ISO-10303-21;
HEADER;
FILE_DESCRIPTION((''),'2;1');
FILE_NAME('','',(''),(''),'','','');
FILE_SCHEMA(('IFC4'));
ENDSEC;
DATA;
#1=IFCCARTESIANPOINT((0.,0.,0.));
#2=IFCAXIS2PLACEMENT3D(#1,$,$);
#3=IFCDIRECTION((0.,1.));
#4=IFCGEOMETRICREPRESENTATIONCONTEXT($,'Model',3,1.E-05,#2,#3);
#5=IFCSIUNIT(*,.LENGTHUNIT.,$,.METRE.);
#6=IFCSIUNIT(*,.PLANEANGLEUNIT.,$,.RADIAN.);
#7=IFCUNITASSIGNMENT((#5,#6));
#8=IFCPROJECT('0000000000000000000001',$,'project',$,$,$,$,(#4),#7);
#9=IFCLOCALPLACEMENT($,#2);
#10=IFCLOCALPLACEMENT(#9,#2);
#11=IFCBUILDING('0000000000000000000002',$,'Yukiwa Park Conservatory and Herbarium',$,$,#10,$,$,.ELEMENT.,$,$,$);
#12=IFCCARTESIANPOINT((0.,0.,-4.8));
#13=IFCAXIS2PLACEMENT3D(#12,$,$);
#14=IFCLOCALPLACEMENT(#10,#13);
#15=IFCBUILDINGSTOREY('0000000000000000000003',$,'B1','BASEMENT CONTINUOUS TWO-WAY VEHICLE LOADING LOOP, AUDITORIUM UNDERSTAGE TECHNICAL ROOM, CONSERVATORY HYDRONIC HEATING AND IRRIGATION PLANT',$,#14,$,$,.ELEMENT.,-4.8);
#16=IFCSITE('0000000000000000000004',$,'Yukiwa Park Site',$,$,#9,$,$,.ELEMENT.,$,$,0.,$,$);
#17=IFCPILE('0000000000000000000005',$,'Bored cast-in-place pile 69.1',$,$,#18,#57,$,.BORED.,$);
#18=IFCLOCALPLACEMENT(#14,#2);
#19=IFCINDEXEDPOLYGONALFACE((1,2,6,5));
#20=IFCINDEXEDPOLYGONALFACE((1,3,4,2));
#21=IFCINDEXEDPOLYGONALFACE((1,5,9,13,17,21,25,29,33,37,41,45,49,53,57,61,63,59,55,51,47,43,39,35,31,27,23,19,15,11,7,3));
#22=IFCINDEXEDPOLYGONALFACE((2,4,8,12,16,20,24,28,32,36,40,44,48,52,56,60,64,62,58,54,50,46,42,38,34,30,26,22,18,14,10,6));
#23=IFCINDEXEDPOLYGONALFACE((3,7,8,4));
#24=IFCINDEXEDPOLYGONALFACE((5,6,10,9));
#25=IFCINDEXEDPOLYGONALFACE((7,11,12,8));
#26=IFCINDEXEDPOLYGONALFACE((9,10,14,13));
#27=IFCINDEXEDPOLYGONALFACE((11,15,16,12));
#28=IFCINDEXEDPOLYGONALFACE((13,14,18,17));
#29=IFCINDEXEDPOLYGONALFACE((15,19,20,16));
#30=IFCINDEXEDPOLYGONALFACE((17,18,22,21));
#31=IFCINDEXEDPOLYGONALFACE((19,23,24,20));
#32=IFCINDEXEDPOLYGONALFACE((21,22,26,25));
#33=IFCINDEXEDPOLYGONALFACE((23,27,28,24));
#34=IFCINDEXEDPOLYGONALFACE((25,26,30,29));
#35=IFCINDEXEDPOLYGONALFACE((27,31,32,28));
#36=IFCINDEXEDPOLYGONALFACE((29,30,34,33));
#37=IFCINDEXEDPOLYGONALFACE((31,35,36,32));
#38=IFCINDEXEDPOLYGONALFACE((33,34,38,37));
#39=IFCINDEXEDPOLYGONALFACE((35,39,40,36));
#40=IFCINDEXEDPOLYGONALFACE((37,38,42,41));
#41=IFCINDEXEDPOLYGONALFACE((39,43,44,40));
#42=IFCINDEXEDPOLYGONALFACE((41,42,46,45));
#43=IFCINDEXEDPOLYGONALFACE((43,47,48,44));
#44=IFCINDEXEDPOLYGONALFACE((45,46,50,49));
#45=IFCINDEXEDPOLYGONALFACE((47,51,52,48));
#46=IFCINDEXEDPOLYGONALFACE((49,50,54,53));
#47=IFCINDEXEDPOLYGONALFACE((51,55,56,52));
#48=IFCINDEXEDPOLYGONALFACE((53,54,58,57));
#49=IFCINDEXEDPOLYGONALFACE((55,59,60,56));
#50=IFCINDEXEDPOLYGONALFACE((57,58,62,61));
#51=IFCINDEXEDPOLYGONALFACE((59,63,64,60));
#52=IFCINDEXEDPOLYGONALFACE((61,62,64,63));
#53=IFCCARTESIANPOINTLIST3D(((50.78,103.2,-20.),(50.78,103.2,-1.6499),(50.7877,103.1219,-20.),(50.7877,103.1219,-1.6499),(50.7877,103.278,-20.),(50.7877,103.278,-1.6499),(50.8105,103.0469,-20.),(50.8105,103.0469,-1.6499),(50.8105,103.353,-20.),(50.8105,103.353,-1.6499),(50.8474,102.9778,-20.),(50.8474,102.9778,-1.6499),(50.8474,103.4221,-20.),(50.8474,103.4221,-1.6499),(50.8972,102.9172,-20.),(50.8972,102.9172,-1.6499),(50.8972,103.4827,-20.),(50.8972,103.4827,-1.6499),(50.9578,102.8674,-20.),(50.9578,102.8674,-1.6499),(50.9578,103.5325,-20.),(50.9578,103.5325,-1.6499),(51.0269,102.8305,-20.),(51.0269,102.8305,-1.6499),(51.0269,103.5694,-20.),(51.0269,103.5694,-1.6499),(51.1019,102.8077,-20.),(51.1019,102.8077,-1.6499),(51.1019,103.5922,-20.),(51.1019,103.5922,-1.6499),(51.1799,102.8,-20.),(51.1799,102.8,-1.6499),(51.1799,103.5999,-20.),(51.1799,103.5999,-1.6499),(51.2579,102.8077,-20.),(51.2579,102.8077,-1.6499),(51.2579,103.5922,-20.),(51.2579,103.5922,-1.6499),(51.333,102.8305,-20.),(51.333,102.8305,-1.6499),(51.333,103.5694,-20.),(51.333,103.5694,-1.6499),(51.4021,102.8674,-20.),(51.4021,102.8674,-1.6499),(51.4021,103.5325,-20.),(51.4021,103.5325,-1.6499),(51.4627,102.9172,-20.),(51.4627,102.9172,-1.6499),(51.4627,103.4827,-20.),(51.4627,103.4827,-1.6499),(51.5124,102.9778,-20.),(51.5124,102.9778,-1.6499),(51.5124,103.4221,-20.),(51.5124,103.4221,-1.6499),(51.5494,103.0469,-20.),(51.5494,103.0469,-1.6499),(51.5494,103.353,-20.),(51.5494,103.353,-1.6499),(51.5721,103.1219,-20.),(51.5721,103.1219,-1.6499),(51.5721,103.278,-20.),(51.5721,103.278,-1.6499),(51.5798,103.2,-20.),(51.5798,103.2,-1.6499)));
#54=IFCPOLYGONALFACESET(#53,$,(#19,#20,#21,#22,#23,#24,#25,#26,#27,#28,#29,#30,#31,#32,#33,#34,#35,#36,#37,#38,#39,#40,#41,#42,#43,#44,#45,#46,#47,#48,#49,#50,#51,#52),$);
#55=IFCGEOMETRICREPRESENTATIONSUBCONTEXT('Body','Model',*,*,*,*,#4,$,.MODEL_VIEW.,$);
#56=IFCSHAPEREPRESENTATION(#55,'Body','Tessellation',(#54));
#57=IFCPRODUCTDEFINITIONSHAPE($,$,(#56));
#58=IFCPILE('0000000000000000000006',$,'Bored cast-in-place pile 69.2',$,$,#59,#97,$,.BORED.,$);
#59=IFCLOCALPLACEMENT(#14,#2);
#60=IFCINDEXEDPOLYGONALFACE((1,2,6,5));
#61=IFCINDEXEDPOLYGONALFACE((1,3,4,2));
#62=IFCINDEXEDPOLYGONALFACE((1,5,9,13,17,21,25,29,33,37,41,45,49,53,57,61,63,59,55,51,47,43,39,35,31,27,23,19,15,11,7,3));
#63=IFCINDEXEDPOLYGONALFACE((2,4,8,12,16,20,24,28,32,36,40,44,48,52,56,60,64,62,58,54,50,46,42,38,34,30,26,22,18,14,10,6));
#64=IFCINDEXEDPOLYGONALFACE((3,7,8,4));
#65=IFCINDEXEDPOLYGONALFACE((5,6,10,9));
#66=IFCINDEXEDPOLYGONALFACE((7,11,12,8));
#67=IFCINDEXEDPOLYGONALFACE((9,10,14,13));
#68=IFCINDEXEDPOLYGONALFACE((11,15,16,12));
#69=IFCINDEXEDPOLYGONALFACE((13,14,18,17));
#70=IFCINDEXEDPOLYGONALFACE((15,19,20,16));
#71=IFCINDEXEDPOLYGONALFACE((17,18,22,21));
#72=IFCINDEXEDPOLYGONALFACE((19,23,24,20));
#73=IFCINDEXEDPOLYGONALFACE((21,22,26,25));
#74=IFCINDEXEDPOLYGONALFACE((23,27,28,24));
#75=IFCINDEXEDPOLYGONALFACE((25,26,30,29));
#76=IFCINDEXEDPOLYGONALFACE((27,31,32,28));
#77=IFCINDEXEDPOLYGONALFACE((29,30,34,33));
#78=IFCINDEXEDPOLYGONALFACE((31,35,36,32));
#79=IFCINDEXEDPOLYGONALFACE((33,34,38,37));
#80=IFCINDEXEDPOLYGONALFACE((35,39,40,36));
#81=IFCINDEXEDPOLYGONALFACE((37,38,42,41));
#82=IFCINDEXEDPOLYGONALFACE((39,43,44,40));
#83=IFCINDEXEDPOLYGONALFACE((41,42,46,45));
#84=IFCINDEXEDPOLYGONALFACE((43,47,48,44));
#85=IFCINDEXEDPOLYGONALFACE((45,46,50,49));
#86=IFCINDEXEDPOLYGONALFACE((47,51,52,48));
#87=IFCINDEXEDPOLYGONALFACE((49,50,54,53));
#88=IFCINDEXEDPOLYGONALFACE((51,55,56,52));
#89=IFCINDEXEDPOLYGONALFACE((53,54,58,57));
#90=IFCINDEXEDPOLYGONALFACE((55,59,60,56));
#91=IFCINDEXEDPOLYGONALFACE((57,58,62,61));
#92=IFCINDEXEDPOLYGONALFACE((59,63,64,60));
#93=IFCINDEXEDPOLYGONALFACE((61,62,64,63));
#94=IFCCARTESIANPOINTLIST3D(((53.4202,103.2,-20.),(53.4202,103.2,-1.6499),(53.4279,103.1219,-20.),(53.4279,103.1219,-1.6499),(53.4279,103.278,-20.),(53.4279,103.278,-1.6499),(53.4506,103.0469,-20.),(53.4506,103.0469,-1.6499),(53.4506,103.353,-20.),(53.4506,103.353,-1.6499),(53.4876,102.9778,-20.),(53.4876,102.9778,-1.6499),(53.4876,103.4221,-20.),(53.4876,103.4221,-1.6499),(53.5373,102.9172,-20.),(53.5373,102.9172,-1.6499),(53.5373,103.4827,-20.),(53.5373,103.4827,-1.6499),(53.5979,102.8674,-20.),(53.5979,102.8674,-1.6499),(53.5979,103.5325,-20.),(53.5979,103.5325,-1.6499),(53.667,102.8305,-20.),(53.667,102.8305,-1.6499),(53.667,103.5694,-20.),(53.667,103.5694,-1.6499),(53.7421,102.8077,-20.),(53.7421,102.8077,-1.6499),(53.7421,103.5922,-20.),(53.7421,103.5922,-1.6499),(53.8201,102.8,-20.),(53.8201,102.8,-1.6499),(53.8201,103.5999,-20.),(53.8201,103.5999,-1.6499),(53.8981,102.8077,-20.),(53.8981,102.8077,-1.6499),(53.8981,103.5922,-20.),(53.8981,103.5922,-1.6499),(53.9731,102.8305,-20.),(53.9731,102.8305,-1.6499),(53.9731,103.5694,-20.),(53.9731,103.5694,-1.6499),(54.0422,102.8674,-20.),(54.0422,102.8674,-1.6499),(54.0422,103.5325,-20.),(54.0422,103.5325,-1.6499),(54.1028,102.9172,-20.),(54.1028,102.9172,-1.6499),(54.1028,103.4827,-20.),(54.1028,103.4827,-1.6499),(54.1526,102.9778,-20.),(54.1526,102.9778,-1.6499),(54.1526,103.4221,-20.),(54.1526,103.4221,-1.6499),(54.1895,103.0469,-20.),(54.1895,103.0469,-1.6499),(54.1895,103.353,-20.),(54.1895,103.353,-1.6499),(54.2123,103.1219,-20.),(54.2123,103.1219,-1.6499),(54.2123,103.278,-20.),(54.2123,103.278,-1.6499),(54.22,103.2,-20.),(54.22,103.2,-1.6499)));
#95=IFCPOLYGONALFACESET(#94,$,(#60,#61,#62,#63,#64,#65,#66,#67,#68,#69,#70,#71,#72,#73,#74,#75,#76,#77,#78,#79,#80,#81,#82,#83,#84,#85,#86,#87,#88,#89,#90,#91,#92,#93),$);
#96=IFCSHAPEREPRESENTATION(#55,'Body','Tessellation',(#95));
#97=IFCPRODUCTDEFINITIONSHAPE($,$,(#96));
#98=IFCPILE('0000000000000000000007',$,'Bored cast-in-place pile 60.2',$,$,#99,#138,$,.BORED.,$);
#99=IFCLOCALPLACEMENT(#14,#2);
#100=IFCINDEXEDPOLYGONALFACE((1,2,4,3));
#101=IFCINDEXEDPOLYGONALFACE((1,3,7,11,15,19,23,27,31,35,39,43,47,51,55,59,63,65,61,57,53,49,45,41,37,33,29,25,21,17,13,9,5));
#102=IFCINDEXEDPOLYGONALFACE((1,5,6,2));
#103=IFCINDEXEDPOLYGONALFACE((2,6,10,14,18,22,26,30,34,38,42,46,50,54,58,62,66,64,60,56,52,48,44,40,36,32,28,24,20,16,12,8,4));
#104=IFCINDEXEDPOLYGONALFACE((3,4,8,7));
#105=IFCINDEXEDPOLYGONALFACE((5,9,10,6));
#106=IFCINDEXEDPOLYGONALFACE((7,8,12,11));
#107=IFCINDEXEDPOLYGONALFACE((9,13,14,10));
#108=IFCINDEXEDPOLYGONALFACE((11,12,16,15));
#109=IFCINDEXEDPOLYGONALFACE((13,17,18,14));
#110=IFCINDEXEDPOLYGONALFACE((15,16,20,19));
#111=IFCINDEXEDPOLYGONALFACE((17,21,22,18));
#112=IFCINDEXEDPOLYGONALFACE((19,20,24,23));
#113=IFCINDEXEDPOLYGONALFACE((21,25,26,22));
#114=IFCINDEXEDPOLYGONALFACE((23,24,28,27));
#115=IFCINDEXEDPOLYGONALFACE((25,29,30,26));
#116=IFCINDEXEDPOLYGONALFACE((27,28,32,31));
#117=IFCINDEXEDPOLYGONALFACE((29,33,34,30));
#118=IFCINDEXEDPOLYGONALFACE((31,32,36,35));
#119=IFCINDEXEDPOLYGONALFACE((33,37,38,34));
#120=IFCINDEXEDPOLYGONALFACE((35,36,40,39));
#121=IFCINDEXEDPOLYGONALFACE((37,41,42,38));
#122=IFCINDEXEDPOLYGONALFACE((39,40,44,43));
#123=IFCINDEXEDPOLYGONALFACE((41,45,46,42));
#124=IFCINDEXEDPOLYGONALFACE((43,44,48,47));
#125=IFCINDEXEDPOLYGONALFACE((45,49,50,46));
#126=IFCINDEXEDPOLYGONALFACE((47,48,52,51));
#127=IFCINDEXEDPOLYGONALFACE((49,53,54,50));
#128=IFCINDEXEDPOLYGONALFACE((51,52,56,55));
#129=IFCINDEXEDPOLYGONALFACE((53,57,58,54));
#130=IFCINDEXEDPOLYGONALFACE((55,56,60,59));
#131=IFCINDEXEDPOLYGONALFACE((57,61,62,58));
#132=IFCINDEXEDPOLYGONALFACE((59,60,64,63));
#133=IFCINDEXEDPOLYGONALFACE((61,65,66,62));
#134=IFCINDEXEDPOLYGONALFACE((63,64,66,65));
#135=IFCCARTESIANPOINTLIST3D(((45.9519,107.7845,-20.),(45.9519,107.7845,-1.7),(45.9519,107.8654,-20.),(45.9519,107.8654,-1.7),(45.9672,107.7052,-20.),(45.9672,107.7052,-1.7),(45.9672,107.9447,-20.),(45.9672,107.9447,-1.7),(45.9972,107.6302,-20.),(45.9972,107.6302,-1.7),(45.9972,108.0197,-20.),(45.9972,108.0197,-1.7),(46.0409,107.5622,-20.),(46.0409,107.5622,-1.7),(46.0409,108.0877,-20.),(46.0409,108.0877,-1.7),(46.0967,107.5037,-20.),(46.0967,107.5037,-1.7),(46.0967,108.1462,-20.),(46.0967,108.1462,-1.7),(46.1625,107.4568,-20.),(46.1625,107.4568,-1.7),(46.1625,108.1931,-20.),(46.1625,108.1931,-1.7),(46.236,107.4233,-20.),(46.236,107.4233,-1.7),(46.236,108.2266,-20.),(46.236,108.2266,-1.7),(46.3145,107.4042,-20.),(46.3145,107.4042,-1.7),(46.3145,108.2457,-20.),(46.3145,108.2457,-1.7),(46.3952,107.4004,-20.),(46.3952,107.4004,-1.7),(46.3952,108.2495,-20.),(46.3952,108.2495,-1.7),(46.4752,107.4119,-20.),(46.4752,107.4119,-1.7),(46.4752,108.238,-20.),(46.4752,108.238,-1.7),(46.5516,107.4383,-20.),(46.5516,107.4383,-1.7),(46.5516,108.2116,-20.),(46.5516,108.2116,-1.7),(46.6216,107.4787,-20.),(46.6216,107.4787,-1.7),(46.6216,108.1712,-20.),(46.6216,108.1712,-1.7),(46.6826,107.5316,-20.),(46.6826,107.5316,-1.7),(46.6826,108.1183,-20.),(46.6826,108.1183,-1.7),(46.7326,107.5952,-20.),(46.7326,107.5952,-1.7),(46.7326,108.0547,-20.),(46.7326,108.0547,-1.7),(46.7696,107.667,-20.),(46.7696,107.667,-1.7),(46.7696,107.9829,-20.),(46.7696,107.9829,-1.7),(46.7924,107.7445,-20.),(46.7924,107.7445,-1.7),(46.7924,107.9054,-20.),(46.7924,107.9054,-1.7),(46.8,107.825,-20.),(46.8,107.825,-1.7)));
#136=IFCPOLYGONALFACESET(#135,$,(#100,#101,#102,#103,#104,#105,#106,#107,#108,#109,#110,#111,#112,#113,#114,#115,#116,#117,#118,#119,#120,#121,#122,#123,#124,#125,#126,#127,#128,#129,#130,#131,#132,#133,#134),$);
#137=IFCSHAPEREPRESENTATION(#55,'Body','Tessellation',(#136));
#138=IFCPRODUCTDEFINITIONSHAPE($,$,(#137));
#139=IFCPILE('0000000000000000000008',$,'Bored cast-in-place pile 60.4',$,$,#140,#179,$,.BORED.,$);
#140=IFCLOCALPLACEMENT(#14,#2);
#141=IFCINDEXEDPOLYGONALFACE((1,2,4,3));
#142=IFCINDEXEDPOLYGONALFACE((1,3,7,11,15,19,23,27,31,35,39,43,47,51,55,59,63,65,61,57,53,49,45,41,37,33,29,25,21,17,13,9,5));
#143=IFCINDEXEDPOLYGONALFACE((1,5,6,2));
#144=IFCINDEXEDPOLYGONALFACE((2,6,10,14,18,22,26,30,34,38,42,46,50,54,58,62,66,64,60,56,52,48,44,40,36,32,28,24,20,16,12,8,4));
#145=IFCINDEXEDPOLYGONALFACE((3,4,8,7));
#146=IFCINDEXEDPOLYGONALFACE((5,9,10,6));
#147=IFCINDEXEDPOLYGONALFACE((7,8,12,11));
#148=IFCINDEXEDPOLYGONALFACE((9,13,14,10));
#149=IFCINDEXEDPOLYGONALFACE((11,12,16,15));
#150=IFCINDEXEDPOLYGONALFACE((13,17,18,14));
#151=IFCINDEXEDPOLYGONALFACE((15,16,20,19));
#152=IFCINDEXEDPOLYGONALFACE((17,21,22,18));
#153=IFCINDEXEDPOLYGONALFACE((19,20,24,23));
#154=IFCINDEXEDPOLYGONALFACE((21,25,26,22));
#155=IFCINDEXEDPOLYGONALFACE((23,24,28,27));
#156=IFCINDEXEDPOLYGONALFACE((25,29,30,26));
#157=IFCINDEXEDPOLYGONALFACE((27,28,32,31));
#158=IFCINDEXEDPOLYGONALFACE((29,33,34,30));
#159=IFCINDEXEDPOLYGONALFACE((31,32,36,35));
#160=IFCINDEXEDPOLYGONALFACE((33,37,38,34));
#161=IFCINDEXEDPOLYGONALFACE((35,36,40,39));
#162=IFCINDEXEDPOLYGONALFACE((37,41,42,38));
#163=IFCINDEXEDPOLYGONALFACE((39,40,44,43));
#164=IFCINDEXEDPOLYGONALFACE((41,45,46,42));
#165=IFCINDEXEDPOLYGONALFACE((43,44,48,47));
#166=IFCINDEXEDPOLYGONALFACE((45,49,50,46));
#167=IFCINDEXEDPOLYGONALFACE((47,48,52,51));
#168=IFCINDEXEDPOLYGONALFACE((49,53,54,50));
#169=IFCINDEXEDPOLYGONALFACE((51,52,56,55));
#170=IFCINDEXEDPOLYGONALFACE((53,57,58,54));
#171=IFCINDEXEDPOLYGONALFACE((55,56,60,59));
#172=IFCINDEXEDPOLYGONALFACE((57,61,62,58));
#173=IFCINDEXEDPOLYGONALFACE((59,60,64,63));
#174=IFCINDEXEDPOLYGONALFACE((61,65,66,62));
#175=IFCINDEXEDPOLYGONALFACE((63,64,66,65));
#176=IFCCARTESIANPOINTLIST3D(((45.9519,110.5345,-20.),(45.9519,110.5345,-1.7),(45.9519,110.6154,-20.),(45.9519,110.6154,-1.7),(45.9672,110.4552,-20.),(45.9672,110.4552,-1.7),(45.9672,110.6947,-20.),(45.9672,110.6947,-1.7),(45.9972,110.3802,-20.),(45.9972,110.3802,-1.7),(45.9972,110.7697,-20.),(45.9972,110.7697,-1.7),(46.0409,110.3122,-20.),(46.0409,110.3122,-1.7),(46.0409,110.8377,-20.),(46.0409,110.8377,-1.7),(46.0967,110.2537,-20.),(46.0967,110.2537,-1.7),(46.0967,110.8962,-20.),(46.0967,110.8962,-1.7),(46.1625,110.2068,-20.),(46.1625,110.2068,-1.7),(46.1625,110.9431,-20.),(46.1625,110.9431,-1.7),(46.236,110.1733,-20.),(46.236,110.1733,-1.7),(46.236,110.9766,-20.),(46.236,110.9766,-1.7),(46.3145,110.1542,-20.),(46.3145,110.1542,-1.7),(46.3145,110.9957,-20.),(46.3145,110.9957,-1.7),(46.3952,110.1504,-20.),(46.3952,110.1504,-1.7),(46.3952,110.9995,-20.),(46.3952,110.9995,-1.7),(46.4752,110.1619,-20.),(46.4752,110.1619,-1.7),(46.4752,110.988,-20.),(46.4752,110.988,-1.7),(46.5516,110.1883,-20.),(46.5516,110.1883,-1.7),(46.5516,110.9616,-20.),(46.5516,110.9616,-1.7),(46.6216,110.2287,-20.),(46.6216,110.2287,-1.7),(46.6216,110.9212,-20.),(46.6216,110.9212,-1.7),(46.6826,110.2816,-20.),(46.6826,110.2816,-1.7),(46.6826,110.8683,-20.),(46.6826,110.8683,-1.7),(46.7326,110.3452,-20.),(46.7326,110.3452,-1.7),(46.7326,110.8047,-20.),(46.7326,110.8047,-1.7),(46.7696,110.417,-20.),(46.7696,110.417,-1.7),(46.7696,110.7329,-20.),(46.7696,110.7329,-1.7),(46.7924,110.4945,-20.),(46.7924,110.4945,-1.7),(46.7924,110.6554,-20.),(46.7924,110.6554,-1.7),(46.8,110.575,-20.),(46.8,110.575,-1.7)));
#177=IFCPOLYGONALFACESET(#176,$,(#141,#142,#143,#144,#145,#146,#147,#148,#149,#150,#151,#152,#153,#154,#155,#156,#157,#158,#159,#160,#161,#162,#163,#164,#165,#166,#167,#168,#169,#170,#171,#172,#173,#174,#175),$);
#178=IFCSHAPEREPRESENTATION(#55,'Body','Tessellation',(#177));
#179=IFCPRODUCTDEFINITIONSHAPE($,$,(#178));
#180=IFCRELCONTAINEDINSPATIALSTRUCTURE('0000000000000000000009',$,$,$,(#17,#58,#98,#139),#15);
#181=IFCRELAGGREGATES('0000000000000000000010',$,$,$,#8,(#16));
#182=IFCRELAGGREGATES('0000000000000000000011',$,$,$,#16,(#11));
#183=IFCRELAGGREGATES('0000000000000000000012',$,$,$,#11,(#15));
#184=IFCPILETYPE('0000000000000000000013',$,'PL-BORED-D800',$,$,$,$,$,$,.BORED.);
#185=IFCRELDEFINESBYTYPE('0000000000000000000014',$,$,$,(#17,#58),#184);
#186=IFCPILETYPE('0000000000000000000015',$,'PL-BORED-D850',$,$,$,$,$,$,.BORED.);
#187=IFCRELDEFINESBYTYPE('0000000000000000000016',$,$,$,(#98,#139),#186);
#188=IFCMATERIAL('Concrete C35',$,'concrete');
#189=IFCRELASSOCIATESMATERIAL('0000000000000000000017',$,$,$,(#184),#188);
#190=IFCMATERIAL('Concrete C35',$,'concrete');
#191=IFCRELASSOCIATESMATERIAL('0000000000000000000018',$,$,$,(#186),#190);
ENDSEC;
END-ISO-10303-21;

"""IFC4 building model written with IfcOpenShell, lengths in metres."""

from ifc_helpers import new_model, si_unit, direction, frame, origin, origin_2d, place, context, subcontext, project, spatial, circle, extrude, material, material_profile, profile_set, type_object, element, save


model = new_model("IFC4")

# Units and contexts
model_context = context("Model", 3, precision=1e-05, world=origin(), true_north=direction((0.0, 1.0)))
body_context = subcontext(model_context, "Body", "Model", "MODEL_VIEW")
ifc_project = project(units=[si_unit("LENGTHUNIT", "METRE"), si_unit("PLANEANGLEUNIT", "RADIAN")], contexts=[model_context])

# Site, building, storey
site_placement = place(None, origin())
site = spatial("IfcSite", under=ifc_project, at=site_placement, Name="Yukiwa Park Site", CompositionType="ELEMENT", RefElevation=0.0)
building_placement = place(site_placement, origin())
building = spatial("IfcBuilding", under=site, at=building_placement, Name="Yukiwa Park Conservatory and Herbarium", CompositionType="ELEMENT")
storey_placement = place(building_placement, frame((0.0, 0.0, -4.8)))
storey = spatial("IfcBuildingStorey", under=building, at=storey_placement, Name="B1", Description="BASEMENT CONTINUOUS TWO-WAY VEHICLE LOADING LOOP, AUDITORIUM UNDERSTAGE TECHNICAL ROOM, CONSERVATORY HYDRONIC HEATING AND IRRIGATION PLANT", CompositionType="ELEMENT", Elevation=-4.8)

# Piles
ifc_material_1 = material(Name="Concrete C35", Category="concrete")
ifc_material_profile_1 = material_profile(ifc_material_1, circle(Radius=0.3999, at=origin_2d()), Name="PILE D800")
ifc_profile_set_1 = profile_set([ifc_material_profile_1], Name="Concrete C35")
pile_type_1 = type_object("IfcPileType", Name="PL-BORED-D800", PredefinedType="BORED", material=ifc_profile_set_1)
for number, where, z_axis, x_axis, name in (
    (1, (51.1799, 103.2, -1.6499), (0.0, 0.0, -1.0), (1.0, 0.0, 0.0), "Bored cast-in-place pile 69.1"),
    (2, (53.8201, 103.2, -1.6499), (0.0, 0.0, -1.0), (1.0, 0.0, 0.0), "Bored cast-in-place pile 69.2"),
):
    element("IfcPile", number, at=place(storey_placement, frame(where, z_axis=z_axis, x_axis=x_axis)), inside=storey, type_object=pile_type_1, Name=name, PredefinedType="BORED", context=body_context, shape_type="SweptSolid", body=[
        extrude(circle(Radius=0.3999, at=origin_2d()), origin(), (0.0, 0.0, 1.0), 18.3501),
    ])
ifc_material_2 = material(Name="Concrete C35", Category="concrete")
ifc_material_profile_2 = material_profile(ifc_material_2, circle(Radius=0.425, at=origin_2d()), Name="PILE D850")
ifc_profile_set_2 = profile_set([ifc_material_profile_2], Name="Concrete C35")
pile_type_2 = type_object("IfcPileType", Name="PL-BORED-D850", PredefinedType="BORED", material=ifc_profile_set_2)
for number, where, z_axis, x_axis, name in (
    (3, (46.375, 107.825, -1.7), (0.0, 0.0, -1.0), (1.0, 0.0, 0.0), "Bored cast-in-place pile 60.2"),
    (4, (46.375, 110.575, -1.7), (0.0, 0.0, -1.0), (1.0, 0.0, 0.0), "Bored cast-in-place pile 60.4"),
):
    element("IfcPile", number, at=place(storey_placement, frame(where, z_axis=z_axis, x_axis=x_axis)), inside=storey, type_object=pile_type_2, Name=name, PredefinedType="BORED", context=body_context, shape_type="SweptSolid", body=[
        extrude(circle(Radius=0.425, at=origin_2d()), origin(), (0.0, 0.0, 1.0), 18.3),
    ])

save(model, "model.ifc")
